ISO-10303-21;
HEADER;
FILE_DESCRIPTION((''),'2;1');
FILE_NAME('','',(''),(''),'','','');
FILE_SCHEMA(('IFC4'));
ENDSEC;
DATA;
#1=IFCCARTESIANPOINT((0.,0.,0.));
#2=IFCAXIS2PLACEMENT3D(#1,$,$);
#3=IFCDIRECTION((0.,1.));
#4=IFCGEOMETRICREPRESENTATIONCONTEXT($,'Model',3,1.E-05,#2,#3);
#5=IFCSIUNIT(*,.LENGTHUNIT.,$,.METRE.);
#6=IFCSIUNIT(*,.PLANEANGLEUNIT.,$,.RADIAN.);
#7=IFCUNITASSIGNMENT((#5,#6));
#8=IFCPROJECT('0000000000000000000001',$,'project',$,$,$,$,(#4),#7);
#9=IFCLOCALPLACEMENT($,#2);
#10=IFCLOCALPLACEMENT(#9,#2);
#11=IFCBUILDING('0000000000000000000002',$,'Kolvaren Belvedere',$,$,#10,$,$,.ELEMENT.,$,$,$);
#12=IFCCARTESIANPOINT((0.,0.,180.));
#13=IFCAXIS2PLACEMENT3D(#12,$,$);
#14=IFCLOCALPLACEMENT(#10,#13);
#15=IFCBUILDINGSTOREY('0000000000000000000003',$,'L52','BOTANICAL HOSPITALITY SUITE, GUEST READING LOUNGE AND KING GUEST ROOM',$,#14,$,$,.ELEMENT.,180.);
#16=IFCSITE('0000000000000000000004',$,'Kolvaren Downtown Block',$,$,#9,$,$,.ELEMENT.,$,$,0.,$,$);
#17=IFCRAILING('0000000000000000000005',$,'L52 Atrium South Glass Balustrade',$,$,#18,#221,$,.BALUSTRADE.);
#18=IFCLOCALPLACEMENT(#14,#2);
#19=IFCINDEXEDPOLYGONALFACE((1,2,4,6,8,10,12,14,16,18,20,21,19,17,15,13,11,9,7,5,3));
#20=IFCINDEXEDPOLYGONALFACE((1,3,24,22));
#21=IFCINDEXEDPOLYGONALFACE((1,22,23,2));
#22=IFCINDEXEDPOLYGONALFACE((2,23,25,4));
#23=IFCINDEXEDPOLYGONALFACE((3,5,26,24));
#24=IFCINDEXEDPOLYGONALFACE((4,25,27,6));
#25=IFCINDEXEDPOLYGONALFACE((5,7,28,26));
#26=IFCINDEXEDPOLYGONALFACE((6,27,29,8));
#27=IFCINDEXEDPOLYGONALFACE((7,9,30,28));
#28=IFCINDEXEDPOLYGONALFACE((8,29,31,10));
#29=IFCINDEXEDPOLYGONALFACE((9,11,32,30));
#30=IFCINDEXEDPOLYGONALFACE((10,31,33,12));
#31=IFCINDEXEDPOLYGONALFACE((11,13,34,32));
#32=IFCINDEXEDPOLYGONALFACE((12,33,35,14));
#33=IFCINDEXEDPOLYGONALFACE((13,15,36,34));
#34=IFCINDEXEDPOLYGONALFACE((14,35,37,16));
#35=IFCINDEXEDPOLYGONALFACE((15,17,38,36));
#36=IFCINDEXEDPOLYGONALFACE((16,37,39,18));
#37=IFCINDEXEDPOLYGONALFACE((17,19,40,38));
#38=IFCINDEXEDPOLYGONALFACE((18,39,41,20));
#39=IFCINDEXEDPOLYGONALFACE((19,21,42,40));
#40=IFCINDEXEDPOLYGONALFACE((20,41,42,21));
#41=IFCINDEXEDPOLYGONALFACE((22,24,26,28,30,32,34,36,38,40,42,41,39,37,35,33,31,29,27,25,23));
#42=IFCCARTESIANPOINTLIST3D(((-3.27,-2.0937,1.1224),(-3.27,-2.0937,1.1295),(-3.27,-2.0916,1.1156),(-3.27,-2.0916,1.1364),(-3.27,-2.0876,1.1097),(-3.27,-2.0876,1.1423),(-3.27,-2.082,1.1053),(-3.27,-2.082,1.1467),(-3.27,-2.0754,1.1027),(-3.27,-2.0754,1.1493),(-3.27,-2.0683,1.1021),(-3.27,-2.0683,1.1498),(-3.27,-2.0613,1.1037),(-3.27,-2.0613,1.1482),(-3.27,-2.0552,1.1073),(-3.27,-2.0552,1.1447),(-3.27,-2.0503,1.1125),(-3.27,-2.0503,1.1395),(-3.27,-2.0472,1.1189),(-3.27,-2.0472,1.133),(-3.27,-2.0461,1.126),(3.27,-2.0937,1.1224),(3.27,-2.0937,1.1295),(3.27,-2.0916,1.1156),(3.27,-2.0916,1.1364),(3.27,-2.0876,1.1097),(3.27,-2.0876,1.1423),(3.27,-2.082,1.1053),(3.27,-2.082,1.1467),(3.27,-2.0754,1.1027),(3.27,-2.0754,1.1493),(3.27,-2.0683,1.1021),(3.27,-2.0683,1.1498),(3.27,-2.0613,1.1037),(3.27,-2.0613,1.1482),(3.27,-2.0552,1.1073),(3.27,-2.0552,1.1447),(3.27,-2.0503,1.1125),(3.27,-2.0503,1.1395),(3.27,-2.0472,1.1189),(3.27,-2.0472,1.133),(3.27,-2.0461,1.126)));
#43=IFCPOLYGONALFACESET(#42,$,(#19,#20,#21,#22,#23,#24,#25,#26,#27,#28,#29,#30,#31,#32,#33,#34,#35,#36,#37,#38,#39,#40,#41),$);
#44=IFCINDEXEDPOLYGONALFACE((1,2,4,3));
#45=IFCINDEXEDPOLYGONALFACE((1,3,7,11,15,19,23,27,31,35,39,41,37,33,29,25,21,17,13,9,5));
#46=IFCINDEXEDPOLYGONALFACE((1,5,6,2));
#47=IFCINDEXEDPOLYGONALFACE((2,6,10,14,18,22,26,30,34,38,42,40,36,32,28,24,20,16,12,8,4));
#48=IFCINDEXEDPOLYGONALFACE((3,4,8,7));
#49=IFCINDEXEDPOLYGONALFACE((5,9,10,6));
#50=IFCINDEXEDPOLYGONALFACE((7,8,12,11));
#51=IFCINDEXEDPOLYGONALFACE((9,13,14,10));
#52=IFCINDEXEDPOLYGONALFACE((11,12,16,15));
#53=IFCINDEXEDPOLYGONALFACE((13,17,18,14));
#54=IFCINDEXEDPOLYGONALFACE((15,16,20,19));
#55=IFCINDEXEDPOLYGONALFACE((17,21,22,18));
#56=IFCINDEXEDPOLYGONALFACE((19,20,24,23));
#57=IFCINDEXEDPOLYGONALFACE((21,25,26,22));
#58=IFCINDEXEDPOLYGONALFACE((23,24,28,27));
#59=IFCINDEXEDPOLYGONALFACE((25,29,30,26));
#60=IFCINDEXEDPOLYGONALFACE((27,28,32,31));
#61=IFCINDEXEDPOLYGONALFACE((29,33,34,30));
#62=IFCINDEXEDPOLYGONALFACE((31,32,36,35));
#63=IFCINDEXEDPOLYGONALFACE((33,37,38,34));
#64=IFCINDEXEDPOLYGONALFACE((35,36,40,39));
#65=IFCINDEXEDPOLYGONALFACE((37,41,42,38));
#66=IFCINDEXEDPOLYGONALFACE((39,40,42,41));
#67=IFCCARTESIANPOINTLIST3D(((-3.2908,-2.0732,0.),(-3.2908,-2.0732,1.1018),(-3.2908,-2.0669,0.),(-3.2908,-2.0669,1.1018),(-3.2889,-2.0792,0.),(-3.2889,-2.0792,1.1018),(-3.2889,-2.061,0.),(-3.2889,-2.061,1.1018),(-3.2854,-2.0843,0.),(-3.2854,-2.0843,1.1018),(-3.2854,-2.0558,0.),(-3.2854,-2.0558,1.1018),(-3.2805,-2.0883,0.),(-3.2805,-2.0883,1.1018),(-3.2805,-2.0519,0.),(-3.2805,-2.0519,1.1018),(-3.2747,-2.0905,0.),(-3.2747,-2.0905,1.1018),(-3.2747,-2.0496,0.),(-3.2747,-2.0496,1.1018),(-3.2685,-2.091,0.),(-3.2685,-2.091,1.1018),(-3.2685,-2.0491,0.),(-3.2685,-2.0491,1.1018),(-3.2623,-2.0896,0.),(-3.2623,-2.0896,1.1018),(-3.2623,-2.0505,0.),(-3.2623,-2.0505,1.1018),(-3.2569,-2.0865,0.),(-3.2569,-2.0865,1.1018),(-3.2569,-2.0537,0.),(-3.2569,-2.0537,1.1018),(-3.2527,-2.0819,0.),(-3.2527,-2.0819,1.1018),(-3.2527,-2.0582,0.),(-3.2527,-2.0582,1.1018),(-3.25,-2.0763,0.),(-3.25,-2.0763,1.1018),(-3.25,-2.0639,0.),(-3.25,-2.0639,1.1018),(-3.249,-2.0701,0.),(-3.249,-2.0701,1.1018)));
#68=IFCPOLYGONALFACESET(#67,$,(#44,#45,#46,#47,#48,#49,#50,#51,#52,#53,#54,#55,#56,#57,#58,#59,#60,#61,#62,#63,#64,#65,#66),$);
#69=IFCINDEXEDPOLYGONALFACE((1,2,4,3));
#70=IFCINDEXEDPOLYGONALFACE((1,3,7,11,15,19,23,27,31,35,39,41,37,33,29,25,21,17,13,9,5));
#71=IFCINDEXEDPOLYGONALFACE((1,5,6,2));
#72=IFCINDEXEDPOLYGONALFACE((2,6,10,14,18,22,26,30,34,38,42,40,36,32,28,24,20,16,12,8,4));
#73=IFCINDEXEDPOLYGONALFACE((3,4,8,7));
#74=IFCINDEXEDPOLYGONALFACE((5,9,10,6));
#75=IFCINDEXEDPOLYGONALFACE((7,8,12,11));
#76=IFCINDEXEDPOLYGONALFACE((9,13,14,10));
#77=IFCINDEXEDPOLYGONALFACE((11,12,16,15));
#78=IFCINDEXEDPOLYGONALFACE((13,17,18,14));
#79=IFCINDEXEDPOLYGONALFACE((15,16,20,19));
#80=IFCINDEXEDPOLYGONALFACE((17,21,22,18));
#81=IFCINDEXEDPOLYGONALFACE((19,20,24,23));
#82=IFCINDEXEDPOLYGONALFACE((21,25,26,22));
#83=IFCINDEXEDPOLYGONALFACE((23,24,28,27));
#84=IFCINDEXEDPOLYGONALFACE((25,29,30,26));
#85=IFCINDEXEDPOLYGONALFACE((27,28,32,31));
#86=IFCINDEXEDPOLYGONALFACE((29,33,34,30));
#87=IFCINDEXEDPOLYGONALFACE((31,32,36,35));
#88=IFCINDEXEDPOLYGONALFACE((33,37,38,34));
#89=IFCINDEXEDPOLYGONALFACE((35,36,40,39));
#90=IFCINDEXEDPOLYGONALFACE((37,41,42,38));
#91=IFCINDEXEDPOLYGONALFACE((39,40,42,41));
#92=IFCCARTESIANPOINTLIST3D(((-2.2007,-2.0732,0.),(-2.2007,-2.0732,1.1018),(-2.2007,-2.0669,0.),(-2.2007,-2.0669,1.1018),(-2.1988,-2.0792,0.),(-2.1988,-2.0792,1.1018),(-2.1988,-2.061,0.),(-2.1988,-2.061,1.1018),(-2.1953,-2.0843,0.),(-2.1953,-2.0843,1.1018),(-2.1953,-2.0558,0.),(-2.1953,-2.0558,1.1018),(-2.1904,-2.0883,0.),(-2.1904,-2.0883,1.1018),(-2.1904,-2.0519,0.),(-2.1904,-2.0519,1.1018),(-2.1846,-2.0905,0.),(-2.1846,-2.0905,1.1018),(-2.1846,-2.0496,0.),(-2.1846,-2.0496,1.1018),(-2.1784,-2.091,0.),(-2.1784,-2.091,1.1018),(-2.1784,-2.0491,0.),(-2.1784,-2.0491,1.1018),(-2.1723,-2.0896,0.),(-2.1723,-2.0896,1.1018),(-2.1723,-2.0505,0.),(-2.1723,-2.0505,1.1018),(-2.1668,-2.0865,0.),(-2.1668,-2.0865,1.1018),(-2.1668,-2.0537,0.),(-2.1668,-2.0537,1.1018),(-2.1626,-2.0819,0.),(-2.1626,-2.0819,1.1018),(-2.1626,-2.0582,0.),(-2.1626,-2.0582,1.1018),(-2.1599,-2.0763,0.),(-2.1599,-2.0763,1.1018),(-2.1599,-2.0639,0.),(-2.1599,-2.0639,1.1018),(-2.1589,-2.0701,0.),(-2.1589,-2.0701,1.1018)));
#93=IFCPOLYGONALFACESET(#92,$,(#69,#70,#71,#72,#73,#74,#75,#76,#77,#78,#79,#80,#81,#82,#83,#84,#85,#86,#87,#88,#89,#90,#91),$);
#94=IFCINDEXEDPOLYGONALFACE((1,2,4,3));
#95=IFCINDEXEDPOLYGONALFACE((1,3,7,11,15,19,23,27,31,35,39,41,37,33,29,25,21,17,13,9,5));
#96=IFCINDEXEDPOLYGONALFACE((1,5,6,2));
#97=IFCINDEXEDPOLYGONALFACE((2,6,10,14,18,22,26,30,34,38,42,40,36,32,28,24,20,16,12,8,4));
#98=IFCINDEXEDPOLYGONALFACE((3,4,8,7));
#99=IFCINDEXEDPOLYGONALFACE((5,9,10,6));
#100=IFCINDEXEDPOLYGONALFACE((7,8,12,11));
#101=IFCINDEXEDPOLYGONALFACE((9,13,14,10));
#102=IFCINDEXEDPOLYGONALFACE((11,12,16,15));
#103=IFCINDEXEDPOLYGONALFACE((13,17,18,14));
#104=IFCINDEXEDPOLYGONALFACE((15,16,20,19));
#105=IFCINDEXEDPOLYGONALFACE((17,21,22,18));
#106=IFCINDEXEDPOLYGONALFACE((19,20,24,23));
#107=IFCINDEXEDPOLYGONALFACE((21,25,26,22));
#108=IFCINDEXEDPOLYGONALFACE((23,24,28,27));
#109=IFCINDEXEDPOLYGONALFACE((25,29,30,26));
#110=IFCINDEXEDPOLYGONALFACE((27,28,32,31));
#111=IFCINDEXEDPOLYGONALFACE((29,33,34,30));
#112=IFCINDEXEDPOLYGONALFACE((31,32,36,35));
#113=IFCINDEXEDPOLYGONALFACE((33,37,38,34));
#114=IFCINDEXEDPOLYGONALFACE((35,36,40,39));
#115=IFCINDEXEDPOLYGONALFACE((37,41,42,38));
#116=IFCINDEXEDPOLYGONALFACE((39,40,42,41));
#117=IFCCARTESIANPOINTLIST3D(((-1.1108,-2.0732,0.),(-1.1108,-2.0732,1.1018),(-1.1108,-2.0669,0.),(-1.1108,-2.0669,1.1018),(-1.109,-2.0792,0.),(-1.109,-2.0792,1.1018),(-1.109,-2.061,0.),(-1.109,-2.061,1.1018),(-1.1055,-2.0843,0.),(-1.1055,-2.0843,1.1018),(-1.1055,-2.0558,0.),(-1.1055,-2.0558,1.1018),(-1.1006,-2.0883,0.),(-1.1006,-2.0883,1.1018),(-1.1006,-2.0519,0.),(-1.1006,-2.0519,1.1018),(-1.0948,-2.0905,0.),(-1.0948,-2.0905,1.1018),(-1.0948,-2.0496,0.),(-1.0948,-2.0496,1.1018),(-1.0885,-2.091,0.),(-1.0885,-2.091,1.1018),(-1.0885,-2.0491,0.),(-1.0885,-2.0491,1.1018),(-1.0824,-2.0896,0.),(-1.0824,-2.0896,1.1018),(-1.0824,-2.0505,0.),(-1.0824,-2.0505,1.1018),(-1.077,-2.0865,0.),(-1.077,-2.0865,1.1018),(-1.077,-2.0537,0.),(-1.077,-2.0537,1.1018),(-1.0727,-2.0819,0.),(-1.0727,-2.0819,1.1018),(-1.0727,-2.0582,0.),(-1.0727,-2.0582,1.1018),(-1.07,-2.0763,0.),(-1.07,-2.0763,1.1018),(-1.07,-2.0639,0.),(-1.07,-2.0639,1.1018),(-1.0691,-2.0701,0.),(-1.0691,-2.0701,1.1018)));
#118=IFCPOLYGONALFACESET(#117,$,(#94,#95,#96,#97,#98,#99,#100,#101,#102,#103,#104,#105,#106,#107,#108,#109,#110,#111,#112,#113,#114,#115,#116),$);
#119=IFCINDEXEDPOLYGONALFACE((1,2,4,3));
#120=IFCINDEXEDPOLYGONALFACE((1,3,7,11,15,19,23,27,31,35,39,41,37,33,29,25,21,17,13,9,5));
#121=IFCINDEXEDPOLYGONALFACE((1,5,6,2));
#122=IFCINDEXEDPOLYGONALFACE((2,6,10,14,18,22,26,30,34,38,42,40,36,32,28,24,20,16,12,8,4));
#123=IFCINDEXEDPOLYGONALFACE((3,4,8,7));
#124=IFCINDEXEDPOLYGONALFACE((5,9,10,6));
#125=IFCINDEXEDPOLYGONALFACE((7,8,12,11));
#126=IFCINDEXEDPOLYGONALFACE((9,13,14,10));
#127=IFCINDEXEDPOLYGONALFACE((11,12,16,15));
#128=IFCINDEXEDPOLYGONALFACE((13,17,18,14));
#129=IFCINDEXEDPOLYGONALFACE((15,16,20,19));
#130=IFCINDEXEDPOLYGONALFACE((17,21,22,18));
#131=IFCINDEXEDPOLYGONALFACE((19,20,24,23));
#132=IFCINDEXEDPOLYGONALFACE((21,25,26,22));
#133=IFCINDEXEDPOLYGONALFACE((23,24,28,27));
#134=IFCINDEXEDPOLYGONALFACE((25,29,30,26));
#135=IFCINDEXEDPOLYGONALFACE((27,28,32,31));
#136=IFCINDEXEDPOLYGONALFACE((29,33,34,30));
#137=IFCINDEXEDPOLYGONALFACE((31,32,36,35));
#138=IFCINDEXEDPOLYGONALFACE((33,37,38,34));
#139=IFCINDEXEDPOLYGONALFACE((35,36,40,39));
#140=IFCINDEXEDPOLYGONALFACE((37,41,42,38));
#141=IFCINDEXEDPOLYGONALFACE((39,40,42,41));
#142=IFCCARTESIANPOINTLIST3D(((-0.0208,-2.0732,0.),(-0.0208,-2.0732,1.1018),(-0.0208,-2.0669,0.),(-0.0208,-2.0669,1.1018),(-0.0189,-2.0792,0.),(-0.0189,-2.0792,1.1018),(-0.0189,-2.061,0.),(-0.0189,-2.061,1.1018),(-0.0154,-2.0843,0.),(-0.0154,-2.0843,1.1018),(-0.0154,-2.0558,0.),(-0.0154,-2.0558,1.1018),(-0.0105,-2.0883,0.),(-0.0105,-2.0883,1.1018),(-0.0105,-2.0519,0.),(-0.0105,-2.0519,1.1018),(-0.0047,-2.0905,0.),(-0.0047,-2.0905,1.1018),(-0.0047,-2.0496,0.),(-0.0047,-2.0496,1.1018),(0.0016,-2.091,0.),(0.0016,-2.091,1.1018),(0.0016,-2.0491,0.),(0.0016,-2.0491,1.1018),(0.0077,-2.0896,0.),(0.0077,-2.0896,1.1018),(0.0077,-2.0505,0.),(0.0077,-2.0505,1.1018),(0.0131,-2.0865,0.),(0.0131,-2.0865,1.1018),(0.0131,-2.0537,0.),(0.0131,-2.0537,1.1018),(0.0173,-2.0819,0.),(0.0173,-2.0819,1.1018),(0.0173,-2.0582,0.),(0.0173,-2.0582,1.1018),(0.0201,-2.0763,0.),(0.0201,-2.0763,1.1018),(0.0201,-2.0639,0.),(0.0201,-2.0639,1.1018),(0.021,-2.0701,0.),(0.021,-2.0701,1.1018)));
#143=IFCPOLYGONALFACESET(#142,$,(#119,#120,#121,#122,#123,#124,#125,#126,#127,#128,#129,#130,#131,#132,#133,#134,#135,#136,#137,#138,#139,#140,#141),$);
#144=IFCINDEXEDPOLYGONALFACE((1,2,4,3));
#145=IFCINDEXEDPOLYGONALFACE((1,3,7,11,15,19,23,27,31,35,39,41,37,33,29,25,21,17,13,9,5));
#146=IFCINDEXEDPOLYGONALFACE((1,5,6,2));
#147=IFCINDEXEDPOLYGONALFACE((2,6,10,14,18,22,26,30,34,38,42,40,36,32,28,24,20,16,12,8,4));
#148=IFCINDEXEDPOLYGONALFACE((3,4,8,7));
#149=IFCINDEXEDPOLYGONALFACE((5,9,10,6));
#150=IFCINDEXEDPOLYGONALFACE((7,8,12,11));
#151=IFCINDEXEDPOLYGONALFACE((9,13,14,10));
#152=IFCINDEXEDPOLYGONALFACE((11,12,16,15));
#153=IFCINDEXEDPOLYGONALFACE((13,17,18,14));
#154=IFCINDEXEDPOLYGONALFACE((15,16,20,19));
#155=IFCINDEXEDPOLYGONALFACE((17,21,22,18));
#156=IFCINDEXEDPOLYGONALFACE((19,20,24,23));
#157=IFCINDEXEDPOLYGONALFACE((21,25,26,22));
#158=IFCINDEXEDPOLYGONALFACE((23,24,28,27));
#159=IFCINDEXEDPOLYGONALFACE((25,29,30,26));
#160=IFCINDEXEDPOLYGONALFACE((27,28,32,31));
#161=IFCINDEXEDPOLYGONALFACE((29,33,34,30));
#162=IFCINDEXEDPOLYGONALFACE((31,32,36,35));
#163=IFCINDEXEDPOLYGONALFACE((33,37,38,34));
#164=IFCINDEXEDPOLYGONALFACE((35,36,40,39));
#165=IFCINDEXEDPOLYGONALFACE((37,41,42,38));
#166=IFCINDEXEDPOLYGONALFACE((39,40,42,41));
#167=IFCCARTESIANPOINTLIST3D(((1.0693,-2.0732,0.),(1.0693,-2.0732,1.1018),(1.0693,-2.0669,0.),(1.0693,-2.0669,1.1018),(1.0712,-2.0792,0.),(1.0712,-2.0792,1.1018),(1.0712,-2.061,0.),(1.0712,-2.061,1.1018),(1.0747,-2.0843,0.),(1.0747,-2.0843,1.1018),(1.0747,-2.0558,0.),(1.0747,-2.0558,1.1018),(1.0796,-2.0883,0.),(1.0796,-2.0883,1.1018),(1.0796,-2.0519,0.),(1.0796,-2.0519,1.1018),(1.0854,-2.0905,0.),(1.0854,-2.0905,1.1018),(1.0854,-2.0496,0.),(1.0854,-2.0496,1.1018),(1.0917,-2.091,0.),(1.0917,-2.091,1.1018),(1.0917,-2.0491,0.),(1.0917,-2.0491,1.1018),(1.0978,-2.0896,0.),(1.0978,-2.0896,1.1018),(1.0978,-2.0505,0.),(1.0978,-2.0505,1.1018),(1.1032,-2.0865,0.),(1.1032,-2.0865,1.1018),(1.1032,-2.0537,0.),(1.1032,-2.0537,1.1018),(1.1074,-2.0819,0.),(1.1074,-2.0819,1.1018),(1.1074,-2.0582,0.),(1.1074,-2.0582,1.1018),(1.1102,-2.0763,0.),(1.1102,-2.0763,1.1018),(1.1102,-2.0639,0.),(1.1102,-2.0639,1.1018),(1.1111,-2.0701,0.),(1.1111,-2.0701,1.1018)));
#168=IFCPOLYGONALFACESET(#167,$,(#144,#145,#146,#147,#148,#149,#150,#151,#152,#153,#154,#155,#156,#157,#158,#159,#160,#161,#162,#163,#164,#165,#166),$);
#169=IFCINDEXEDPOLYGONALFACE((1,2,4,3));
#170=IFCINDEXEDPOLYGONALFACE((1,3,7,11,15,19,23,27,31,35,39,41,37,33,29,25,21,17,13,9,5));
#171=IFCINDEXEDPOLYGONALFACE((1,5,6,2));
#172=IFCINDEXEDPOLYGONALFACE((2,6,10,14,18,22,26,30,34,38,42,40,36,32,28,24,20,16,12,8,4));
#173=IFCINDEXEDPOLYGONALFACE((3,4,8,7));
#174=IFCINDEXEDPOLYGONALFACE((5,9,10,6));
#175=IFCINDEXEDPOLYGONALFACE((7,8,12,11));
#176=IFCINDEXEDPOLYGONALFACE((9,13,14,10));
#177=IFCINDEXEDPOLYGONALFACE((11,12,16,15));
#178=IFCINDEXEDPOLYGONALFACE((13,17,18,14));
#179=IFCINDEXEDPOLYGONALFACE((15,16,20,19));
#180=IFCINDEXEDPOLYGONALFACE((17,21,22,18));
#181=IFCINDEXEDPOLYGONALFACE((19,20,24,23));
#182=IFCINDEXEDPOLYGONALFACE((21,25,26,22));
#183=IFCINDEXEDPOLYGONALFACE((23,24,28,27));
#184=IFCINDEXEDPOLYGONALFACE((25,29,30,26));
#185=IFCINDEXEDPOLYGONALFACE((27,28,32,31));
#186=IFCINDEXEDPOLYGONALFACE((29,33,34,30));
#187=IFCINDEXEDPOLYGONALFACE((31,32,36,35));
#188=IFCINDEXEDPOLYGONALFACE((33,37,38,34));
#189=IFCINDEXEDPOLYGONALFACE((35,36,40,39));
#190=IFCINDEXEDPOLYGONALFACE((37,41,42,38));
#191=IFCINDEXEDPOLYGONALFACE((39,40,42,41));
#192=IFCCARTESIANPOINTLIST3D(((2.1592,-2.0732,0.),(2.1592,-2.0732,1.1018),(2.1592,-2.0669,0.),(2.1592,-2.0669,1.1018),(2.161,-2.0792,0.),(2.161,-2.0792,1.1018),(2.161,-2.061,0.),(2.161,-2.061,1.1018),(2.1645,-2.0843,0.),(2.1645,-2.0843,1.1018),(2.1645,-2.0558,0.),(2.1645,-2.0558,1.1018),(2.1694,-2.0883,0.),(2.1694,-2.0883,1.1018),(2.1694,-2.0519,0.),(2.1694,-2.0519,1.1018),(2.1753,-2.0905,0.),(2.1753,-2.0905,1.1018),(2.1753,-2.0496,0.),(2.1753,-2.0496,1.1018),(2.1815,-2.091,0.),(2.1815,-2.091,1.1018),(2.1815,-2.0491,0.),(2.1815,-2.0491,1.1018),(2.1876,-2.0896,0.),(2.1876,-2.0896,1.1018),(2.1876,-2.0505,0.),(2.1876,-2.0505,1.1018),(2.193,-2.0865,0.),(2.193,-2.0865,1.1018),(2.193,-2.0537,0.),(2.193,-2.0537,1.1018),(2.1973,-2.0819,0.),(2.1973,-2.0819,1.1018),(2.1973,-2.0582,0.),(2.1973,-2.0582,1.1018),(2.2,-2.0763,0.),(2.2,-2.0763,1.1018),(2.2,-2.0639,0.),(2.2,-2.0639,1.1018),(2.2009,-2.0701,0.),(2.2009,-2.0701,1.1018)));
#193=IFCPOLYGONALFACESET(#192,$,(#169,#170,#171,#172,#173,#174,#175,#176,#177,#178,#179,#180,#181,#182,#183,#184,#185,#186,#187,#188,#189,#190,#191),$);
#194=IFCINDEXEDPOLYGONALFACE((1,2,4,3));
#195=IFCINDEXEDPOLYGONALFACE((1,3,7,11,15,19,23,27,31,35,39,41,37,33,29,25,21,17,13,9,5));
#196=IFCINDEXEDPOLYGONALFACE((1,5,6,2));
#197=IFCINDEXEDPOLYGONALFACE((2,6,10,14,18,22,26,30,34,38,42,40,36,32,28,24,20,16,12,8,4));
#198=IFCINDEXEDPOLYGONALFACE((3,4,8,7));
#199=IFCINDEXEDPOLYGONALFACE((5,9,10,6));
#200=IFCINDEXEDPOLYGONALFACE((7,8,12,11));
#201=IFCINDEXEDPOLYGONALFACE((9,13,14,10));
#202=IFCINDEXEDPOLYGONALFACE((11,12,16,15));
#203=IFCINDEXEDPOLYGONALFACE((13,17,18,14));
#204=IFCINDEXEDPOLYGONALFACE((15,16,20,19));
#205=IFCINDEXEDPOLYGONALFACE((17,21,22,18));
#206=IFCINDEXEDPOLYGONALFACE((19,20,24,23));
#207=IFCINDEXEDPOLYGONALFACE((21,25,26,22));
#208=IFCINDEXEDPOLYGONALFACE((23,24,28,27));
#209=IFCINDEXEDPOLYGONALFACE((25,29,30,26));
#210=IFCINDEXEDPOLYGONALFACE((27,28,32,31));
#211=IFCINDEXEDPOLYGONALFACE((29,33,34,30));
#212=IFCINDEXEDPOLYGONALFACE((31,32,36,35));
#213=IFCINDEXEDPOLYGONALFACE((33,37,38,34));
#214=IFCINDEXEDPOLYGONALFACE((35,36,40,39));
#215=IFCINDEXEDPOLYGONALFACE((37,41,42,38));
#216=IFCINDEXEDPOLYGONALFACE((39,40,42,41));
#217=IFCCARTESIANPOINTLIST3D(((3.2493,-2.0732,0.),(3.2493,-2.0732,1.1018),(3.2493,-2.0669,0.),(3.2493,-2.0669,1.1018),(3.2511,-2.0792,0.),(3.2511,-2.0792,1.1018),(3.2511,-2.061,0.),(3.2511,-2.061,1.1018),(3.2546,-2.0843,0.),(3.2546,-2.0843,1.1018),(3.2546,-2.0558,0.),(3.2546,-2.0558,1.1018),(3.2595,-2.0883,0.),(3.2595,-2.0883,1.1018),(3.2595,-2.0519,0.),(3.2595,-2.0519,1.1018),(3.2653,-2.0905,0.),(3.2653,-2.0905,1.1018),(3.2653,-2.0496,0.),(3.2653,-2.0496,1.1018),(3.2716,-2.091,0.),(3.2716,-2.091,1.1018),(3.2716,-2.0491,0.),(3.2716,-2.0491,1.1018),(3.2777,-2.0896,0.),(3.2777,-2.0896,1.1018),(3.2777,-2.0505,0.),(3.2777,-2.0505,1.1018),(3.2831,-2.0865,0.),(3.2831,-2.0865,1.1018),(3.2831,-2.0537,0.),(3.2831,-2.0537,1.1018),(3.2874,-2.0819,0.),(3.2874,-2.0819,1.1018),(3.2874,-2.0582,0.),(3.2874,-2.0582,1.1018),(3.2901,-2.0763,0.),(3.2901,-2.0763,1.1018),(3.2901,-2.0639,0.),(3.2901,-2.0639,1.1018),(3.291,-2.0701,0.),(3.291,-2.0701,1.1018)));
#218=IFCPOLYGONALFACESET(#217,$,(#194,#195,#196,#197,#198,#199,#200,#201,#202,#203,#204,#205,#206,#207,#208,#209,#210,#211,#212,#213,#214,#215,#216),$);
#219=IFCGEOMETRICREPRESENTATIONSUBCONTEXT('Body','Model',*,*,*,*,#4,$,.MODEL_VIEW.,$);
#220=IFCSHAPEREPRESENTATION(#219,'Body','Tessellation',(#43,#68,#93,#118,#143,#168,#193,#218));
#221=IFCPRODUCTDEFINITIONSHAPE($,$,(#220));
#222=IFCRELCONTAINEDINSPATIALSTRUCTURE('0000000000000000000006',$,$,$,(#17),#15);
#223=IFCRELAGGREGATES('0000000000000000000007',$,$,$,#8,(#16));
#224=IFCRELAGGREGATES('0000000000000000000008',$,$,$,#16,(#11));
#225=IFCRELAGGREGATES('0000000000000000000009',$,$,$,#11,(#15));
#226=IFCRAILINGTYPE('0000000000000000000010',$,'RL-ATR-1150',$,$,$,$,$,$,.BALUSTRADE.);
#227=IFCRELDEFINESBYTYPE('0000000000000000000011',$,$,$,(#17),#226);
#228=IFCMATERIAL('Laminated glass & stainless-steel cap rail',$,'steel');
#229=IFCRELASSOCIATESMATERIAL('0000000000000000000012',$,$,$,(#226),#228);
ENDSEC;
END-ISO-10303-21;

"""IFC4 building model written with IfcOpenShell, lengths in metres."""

from ifc_helpers import new_model, si_unit, direction, frame, origin, origin_2d, place, context, subcontext, project, spatial, circle, extrude, material, type_object, element, save


model = new_model("IFC4")

# Units and contexts
model_context = context("Model", 3, precision=1e-05, world=origin(), true_north=direction((0.0, 1.0)))
body_context = subcontext(model_context, "Body", "Model", "MODEL_VIEW")
ifc_project = project(units=[si_unit("LENGTHUNIT", "METRE"), si_unit("PLANEANGLEUNIT", "RADIAN")], contexts=[model_context])

# Site, building, storey
site_placement = place(None, origin())
site = spatial("IfcSite", under=ifc_project, at=site_placement, Name="Kolvaren Downtown Block", CompositionType="ELEMENT", RefElevation=0.0)
building_placement = place(site_placement, origin())
building = spatial("IfcBuilding", under=site, at=building_placement, Name="Kolvaren Belvedere", CompositionType="ELEMENT")
storey_placement = place(building_placement, frame((0.0, 0.0, 180.0)))
storey = spatial("IfcBuildingStorey", under=building, at=storey_placement, Name="L52", Description="BOTANICAL HOSPITALITY SUITE, GUEST READING LOUNGE AND KING GUEST ROOM", CompositionType="ELEMENT", Elevation=180.0)

# Railing
ifc_material_1 = material(Name="Laminated glass & stainless-steel cap rail", Category="steel")
railing_type_1 = type_object("IfcRailingType", Name="RL-ATR-1150", PredefinedType="BALUSTRADE", material=ifc_material_1)
railing_1_placement = place(storey_placement, frame((-3.27, -2.0701, 0.0)))
element("IfcRailing", 1, at=railing_1_placement, inside=storey, type_object=railing_type_1, Name="L52 Atrium South Glass Balustrade", PredefinedType="BALUSTRADE", context=body_context, shape_type="SweptSolid", body=[
    extrude(circle(Radius=0.0239, at=origin_2d()), frame((0.0, 0.0, 1.126), z_axis=(1.0, 0.0, 0.0), x_axis=(0.0, 1.0, 0.0)), (0.0, 0.0, 1.0), 6.54),
    extrude(circle(Radius=0.021, at=origin_2d()), origin(), (0.0, 0.0, 1.0), 1.1018),
    extrude(circle(Radius=0.021, at=origin_2d()), frame((1.0901, 0.0, 0.0)), (0.0, 0.0, 1.0), 1.1018),
    extrude(circle(Radius=0.021, at=origin_2d()), frame((2.1799, 0.0, 0.0)), (0.0, 0.0, 1.0), 1.1018),
    extrude(circle(Radius=0.021, at=origin_2d()), frame((3.27, 0.0, 0.0)), (0.0, 0.0, 1.0), 1.1018),
    extrude(circle(Radius=0.021, at=origin_2d()), frame((4.3601, 0.0, 0.0)), (0.0, 0.0, 1.0), 1.1018),
    extrude(circle(Radius=0.021, at=origin_2d()), frame((5.45, 0.0, 0.0)), (0.0, 0.0, 1.0), 1.1018),
    extrude(circle(Radius=0.021, at=origin_2d()), frame((6.54, 0.0, 0.0)), (0.0, 0.0, 1.0), 1.1018),
])

save(model, "model.ifc")
